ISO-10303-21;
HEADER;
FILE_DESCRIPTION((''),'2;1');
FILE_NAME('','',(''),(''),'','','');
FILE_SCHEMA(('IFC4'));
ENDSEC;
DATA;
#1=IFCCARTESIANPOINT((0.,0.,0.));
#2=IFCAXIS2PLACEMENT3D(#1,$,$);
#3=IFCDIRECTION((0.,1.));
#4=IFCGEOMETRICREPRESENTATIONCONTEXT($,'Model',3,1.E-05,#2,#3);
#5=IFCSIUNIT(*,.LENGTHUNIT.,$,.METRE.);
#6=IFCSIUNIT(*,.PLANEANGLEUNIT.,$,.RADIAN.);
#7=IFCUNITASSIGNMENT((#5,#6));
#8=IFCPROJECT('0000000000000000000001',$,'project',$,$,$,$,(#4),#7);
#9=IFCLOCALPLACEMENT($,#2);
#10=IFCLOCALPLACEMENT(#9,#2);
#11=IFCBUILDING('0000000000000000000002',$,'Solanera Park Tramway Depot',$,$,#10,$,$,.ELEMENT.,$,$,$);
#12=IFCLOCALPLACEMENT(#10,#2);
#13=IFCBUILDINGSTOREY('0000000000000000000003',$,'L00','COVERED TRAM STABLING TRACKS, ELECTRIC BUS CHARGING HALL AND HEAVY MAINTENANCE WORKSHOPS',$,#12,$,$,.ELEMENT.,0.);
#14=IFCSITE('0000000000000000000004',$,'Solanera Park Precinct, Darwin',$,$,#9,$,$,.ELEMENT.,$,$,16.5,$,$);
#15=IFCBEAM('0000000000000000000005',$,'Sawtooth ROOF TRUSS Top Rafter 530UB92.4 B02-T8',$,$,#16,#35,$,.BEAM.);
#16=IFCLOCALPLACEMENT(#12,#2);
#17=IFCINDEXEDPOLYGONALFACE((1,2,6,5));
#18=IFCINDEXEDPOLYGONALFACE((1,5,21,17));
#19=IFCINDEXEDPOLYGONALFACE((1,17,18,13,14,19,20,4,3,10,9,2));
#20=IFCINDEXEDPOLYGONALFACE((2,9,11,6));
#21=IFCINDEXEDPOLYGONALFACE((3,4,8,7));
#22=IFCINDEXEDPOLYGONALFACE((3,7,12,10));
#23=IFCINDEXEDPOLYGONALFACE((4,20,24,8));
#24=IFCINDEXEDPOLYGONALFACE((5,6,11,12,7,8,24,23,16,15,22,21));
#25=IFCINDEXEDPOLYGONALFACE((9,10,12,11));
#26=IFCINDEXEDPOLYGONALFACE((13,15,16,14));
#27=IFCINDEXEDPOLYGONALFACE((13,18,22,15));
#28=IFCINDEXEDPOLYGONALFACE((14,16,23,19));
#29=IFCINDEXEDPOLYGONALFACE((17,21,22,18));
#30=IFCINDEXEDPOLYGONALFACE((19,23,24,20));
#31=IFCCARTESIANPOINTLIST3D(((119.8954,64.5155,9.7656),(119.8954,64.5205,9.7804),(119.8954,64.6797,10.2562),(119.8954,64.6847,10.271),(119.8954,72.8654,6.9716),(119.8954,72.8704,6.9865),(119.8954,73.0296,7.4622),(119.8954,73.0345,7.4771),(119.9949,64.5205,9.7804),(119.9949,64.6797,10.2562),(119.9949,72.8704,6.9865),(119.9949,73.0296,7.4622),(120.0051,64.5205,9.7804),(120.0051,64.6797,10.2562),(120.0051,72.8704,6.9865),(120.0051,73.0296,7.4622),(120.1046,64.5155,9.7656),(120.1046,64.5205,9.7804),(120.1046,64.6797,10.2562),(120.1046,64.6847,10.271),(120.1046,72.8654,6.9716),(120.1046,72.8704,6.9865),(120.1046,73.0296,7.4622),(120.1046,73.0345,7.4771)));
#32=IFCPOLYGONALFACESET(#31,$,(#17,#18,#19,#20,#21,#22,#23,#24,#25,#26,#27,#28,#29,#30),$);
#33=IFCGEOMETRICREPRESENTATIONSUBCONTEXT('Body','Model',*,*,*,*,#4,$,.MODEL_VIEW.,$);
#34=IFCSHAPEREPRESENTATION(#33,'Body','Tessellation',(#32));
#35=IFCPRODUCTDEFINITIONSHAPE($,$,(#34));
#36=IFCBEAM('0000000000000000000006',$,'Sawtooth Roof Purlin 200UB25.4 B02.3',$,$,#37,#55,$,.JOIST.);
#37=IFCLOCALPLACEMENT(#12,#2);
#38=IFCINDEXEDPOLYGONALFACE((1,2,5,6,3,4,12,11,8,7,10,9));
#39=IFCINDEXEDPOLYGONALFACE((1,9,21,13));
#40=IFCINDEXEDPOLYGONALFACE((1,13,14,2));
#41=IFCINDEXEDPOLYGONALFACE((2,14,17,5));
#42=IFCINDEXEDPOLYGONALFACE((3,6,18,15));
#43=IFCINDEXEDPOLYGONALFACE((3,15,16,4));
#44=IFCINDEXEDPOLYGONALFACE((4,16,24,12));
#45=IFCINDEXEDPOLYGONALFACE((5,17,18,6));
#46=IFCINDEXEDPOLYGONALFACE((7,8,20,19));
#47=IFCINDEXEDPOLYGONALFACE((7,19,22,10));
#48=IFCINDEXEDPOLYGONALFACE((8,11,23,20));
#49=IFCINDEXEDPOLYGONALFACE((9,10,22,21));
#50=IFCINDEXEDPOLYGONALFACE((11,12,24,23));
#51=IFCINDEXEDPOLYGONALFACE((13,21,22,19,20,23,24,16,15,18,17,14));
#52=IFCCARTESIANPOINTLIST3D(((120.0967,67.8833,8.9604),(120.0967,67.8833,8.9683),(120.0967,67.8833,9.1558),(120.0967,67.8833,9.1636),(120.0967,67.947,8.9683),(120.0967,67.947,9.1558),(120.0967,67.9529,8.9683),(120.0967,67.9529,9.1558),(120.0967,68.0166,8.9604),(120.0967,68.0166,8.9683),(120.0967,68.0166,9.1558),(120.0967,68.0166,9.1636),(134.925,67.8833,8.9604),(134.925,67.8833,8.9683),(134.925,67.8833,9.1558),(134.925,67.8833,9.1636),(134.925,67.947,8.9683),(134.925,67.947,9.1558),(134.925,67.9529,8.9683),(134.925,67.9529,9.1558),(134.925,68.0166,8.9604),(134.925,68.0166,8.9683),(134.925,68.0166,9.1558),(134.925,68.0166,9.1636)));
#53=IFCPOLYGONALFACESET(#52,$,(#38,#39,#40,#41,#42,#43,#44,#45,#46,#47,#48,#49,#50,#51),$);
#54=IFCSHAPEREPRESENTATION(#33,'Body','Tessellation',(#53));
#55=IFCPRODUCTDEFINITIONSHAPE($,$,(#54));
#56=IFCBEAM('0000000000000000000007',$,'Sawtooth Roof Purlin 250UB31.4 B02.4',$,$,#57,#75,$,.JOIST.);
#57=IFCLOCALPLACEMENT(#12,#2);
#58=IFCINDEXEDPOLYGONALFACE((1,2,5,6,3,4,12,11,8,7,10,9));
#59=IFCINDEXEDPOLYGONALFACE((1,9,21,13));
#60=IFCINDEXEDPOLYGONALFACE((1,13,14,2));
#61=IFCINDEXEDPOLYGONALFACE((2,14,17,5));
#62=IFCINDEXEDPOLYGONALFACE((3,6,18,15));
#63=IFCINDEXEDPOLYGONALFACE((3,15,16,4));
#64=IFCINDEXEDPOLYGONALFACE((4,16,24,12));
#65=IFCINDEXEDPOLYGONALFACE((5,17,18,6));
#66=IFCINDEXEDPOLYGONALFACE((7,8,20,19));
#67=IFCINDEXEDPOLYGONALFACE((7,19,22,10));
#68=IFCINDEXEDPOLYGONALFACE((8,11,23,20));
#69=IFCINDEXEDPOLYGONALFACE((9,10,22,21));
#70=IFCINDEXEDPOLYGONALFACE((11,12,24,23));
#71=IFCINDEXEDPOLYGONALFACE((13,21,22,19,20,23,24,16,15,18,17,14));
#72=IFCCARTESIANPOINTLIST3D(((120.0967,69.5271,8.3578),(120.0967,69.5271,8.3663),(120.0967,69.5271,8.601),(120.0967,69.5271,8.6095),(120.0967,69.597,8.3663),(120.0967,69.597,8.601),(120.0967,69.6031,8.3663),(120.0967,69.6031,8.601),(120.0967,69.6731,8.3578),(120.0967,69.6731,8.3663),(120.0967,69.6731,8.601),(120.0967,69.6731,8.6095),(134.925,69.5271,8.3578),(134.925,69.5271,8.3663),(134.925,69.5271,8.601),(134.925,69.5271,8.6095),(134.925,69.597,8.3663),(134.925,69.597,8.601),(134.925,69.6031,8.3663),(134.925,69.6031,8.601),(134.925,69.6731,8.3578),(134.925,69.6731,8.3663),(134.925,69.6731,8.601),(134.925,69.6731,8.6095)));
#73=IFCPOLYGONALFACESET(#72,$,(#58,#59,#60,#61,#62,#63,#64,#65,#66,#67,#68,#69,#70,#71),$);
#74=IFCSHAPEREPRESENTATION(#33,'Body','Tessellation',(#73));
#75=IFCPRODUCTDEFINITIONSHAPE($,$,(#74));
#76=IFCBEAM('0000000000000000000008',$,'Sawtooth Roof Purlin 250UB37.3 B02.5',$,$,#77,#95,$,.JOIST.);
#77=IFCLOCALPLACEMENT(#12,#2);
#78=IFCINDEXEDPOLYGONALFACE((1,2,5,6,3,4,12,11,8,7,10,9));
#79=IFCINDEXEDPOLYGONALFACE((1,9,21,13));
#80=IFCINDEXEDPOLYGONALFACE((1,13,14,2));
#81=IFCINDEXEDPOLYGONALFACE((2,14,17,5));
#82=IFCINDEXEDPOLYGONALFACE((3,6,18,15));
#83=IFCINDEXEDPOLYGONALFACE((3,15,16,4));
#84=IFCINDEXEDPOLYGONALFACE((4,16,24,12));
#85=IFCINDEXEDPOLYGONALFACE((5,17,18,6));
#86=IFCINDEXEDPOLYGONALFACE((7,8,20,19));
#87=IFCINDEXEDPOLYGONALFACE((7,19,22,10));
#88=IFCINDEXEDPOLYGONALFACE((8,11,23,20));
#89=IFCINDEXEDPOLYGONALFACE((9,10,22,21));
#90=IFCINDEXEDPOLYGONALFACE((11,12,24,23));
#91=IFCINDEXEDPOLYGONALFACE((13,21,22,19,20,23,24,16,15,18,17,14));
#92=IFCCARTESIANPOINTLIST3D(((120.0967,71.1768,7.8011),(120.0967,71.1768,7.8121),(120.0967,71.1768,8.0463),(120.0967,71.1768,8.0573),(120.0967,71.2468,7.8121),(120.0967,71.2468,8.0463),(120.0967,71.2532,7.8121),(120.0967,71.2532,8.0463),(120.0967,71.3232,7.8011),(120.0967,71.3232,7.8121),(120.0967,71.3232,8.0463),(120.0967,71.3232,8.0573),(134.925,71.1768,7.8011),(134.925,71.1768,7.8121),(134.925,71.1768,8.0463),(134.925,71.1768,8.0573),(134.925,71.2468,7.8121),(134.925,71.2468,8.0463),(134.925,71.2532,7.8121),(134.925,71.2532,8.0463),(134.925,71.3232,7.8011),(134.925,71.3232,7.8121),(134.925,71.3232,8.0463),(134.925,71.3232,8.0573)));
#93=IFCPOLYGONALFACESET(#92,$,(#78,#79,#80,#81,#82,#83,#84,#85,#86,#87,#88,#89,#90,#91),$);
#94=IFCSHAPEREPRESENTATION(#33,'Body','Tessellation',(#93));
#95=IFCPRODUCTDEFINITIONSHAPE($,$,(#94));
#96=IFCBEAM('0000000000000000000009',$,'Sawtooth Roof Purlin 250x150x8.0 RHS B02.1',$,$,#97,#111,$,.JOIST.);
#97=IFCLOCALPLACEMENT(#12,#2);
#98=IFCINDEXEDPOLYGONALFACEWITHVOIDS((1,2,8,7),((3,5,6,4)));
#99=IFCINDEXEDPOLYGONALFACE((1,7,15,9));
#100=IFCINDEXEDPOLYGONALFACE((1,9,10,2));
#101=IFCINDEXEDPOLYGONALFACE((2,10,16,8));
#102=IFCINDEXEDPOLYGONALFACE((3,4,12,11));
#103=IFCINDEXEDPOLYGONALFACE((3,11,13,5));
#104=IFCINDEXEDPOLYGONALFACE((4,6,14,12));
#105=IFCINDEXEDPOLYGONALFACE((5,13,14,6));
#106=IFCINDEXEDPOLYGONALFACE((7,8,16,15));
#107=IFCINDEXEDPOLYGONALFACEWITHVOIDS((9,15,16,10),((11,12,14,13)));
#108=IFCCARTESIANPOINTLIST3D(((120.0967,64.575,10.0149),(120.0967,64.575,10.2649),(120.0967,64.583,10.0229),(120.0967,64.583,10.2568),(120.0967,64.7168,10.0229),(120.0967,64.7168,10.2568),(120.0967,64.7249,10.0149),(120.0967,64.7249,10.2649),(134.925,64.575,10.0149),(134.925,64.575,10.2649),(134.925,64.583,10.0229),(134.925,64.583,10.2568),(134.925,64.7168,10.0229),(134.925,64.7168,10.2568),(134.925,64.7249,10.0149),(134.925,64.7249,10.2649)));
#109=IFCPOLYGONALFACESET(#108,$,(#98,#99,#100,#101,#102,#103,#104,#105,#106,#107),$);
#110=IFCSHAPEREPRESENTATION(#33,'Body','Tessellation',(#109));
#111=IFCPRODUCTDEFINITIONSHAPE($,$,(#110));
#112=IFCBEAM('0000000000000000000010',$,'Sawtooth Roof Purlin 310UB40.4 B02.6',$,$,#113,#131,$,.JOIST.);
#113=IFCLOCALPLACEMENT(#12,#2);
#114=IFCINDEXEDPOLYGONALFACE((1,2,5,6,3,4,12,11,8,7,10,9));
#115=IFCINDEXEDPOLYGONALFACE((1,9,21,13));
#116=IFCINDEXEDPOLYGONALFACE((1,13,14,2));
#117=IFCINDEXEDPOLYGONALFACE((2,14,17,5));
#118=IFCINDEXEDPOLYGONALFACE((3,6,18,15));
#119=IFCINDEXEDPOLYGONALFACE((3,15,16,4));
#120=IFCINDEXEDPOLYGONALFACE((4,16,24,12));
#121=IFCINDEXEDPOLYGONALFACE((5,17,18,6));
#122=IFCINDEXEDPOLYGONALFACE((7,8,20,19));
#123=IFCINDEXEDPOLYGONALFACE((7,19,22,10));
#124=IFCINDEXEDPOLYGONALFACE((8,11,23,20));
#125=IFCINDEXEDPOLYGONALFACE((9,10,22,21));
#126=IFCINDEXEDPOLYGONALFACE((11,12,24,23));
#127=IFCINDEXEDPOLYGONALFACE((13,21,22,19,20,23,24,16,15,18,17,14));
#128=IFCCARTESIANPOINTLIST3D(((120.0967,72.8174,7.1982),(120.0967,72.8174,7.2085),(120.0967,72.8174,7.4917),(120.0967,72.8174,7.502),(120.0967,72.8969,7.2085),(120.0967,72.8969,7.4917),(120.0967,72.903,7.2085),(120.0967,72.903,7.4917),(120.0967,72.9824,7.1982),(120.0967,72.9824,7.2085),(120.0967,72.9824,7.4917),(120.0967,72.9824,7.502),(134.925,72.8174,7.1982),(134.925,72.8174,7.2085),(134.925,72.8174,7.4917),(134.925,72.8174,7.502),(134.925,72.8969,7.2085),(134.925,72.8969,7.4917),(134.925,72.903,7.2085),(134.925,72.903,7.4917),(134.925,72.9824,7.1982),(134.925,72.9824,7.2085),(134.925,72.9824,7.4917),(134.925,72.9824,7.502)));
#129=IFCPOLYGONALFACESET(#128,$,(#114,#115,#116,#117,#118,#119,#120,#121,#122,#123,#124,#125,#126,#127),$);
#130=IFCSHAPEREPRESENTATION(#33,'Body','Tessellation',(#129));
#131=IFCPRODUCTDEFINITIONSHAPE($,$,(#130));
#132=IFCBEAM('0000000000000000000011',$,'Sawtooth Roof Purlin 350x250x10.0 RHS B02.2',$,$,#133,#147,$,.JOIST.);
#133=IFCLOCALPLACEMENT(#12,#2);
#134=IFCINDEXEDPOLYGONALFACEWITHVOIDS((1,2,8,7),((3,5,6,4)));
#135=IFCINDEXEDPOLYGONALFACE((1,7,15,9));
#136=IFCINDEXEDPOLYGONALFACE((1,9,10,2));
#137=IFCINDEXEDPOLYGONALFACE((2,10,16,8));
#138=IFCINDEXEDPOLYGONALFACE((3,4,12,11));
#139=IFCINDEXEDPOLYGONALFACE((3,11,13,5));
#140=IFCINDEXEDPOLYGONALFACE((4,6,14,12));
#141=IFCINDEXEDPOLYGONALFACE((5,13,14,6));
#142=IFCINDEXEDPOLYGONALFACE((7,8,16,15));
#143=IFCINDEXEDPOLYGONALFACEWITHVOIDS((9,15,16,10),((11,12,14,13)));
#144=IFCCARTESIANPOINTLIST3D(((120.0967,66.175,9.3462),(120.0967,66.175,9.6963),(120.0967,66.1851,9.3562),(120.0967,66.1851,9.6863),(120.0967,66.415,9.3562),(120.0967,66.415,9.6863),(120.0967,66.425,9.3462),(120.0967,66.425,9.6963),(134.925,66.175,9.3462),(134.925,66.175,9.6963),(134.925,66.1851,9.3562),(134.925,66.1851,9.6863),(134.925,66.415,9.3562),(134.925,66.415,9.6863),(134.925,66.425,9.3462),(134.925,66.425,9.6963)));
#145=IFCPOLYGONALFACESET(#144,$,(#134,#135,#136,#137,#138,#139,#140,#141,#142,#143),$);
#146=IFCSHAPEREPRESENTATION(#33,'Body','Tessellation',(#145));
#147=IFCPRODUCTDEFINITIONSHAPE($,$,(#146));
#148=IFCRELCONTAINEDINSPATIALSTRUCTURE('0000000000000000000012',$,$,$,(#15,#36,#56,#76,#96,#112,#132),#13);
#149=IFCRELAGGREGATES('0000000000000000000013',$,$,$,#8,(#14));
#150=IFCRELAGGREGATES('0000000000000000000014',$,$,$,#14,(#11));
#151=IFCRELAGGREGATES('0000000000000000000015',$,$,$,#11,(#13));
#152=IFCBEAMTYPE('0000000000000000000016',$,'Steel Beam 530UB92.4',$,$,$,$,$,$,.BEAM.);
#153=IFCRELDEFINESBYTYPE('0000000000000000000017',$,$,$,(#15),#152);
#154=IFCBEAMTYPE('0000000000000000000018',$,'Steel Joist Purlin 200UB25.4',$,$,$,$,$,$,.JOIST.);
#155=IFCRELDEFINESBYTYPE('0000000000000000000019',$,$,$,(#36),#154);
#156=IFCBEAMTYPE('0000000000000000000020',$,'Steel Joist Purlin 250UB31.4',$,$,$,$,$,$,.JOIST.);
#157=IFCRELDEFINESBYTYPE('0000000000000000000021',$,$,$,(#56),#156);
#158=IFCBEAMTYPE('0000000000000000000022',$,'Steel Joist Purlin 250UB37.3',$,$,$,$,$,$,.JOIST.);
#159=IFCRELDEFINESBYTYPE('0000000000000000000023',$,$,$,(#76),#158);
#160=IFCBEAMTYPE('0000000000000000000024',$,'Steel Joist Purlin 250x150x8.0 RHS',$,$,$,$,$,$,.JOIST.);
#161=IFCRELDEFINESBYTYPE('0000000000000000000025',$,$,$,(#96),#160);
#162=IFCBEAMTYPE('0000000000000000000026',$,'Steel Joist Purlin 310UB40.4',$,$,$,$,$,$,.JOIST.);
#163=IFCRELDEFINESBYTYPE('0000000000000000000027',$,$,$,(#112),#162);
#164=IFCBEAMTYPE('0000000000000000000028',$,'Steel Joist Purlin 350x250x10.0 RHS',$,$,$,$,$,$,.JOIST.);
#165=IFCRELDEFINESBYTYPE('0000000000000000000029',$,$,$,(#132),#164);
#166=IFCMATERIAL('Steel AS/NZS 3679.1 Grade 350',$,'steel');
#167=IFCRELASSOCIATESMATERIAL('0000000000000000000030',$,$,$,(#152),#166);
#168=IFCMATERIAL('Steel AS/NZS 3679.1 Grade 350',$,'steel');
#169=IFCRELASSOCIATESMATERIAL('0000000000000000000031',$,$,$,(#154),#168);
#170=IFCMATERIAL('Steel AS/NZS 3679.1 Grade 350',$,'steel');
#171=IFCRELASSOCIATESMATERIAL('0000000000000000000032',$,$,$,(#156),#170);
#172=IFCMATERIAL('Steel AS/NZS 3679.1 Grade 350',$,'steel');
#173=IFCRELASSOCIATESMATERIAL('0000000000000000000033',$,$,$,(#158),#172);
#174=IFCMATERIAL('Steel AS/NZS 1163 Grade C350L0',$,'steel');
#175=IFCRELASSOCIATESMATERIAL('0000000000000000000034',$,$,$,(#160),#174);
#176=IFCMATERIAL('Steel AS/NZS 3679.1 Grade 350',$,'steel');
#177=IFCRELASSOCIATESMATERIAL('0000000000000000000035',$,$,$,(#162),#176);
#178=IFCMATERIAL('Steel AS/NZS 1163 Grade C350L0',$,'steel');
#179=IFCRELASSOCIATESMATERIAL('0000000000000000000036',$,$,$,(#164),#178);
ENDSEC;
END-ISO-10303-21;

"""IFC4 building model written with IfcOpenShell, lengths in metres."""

from ifc_helpers import new_model, si_unit, direction, frame, origin, origin_2d, place, context, subcontext, project, spatial, hollow_rectangle, i_section, extrude, material, material_profile, profile_set, type_object, element, save


model = new_model("IFC4")

# Units and contexts
model_context = context("Model", 3, precision=1e-05, world=origin(), true_north=direction((0.0, 1.0)))
body_context = subcontext(model_context, "Body", "Model", "MODEL_VIEW")
ifc_project = project(units=[si_unit("LENGTHUNIT", "METRE"), si_unit("PLANEANGLEUNIT", "RADIAN")], contexts=[model_context])

# Site, building, storey
site_placement = place(None, origin())
site = spatial("IfcSite", under=ifc_project, at=site_placement, Name="Solanera Park Precinct, Darwin", CompositionType="ELEMENT", RefElevation=16.5)
building_placement = place(site_placement, origin())
building = spatial("IfcBuilding", under=site, at=building_placement, Name="Solanera Park Tramway Depot", CompositionType="ELEMENT")
storey_placement = place(building_placement, origin())
storey = spatial("IfcBuildingStorey", under=building, at=storey_placement, Name="L00", Description="COVERED TRAM STABLING TRACKS, ELECTRIC BUS CHARGING HALL AND HEAVY MAINTENANCE WORKSHOPS", CompositionType="ELEMENT", Elevation=0.0)

# Beams
ifc_material_1 = material(Name="Steel AS/NZS 3679.1 Grade 350", Category="steel")
ifc_material_profile_1 = material_profile(ifc_material_1, i_section(OverallWidth=0.2092, OverallDepth=0.533, WebThickness=0.0103, FlangeThickness=0.0156, at=origin_2d()), Name="530UB92.4")
ifc_profile_set_1 = profile_set([ifc_material_profile_1], Name="Steel AS/NZS 3679.1 Grade 350")
beam_type_1 = type_object("IfcBeamType", Name="Steel Beam 530UB92.4", PredefinedType="BEAM", material=ifc_profile_set_1)
beam_1_placement = place(storey_placement, frame((120.0, 64.6001, 10.0183), z_axis=(0.0, 0.948319, -0.317317), x_axis=(-1.0, 0.0, 0.0)))
element("IfcBeam", 1, at=beam_1_placement, inside=storey, type_object=beam_type_1, Name="Sawtooth ROOF TRUSS Top Rafter 530UB92.4 B02-T8", PredefinedType="BEAM", context=body_context, shape_type="SweptSolid", body=[
    extrude(i_section(OverallWidth=0.2092, OverallDepth=0.533, WebThickness=0.0103, FlangeThickness=0.0156, at=origin_2d()), origin(), (0.0, 0.0, 1.0), 8.8049),
])
ifc_material_2 = material(Name="Steel AS/NZS 3679.1 Grade 350", Category="steel")
ifc_material_profile_2 = material_profile(ifc_material_2, i_section(OverallWidth=0.1333, OverallDepth=0.2031, WebThickness=0.0059, FlangeThickness=0.0078, at=origin_2d()), Name="200UB25.4")
ifc_profile_set_2 = profile_set([ifc_material_profile_2], Name="Steel AS/NZS 3679.1 Grade 350")
beam_type_2 = type_object("IfcBeamType", Name="Steel Joist Purlin 200UB25.4", PredefinedType="JOIST", material=ifc_profile_set_2)
beam_2_placement = place(storey_placement, frame((120.0967, 67.95, 9.062), z_axis=(1.0, 0.0, 0.0), x_axis=(0.0, 1.0, 0.0)))
element("IfcBeam", 2, at=beam_2_placement, inside=storey, type_object=beam_type_2, Name="Sawtooth Roof Purlin 200UB25.4 B02.3", PredefinedType="JOIST", context=body_context, shape_type="SweptSolid", body=[
    extrude(i_section(OverallWidth=0.1333, OverallDepth=0.2031, WebThickness=0.0059, FlangeThickness=0.0078, at=origin_2d()), origin(), (0.0, 0.0, 1.0), 14.8284),
])
ifc_material_3 = material(Name="Steel AS/NZS 3679.1 Grade 350", Category="steel")
ifc_material_profile_3 = material_profile(ifc_material_3, i_section(OverallWidth=0.146, OverallDepth=0.2517, WebThickness=0.0061, FlangeThickness=0.0085, at=origin_2d()), Name="250UB31.4")
ifc_profile_set_3 = profile_set([ifc_material_profile_3], Name="Steel AS/NZS 3679.1 Grade 350")
beam_type_3 = type_object("IfcBeamType", Name="Steel Joist Purlin 250UB31.4", PredefinedType="JOIST", material=ifc_profile_set_3)
beam_3_placement = place(storey_placement, frame((120.0967, 69.6001, 8.4836), z_axis=(1.0, 0.0, 0.0), x_axis=(0.0, 1.0, 0.0)))
element("IfcBeam", 3, at=beam_3_placement, inside=storey, type_object=beam_type_3, Name="Sawtooth Roof Purlin 250UB31.4 B02.4", PredefinedType="JOIST", context=body_context, shape_type="SweptSolid", body=[
    extrude(i_section(OverallWidth=0.146, OverallDepth=0.2517, WebThickness=0.0061, FlangeThickness=0.0085, at=origin_2d()), origin(), (0.0, 0.0, 1.0), 14.8284),
])
ifc_material_4 = material(Name="Steel AS/NZS 3679.1 Grade 350", Category="steel")
ifc_material_profile_4 = material_profile(ifc_material_4, i_section(OverallWidth=0.1465, OverallDepth=0.2561, WebThickness=0.0063, FlangeThickness=0.011, at=origin_2d()), Name="250UB37.3")
ifc_profile_set_4 = profile_set([ifc_material_profile_4], Name="Steel AS/NZS 3679.1 Grade 350")
beam_type_4 = type_object("IfcBeamType", Name="Steel Joist Purlin 250UB37.3", PredefinedType="JOIST", material=ifc_profile_set_4)
beam_4_placement = place(storey_placement, frame((120.0967, 71.25, 7.9292), z_axis=(1.0, 0.0, 0.0), x_axis=(0.0, 1.0, 0.0)))
element("IfcBeam", 4, at=beam_4_placement, inside=storey, type_object=beam_type_4, Name="Sawtooth Roof Purlin 250UB37.3 B02.5", PredefinedType="JOIST", context=body_context, shape_type="SweptSolid", body=[
    extrude(i_section(OverallWidth=0.1465, OverallDepth=0.2561, WebThickness=0.0063, FlangeThickness=0.011, at=origin_2d()), origin(), (0.0, 0.0, 1.0), 14.8284),
])
ifc_material_5 = material(Name="Steel AS/NZS 1163 Grade C350L0", Category="steel")
ifc_material_profile_5 = material_profile(ifc_material_5, hollow_rectangle(XDim=0.1499, YDim=0.25, WallThickness=0.0081, at=origin_2d()), Name="250x150x8.0 RHS")
ifc_profile_set_5 = profile_set([ifc_material_profile_5], Name="Steel AS/NZS 1163 Grade C350L0")
beam_type_5 = type_object("IfcBeamType", Name="Steel Joist Purlin 250x150x8.0 RHS", PredefinedType="JOIST", material=ifc_profile_set_5)
beam_5_placement = place(storey_placement, frame((120.0967, 64.6499, 10.1399), z_axis=(1.0, 0.0, 0.0), x_axis=(0.0, 1.0, 0.0)))
element("IfcBeam", 5, at=beam_5_placement, inside=storey, type_object=beam_type_5, Name="Sawtooth Roof Purlin 250x150x8.0 RHS B02.1", PredefinedType="JOIST", context=body_context, shape_type="SweptSolid", body=[
    extrude(hollow_rectangle(XDim=0.1499, YDim=0.25, WallThickness=0.0081, at=origin_2d()), origin(), (0.0, 0.0, 1.0), 14.8284),
])
ifc_material_6 = material(Name="Steel AS/NZS 3679.1 Grade 350", Category="steel")
ifc_material_profile_6 = material_profile(ifc_material_6, i_section(OverallWidth=0.165, OverallDepth=0.3037, WebThickness=0.0061, FlangeThickness=0.0103, at=origin_2d()), Name="310UB40.4")
ifc_profile_set_6 = profile_set([ifc_material_profile_6], Name="Steel AS/NZS 3679.1 Grade 350")
beam_type_6 = type_object("IfcBeamType", Name="Steel Joist Purlin 310UB40.4", PredefinedType="JOIST", material=ifc_profile_set_6)
beam_6_placement = place(storey_placement, frame((120.0967, 72.8999, 7.3501), z_axis=(1.0, 0.0, 0.0), x_axis=(0.0, 1.0, 0.0)))
element("IfcBeam", 6, at=beam_6_placement, inside=storey, type_object=beam_type_6, Name="Sawtooth Roof Purlin 310UB40.4 B02.6", PredefinedType="JOIST", context=body_context, shape_type="SweptSolid", body=[
    extrude(i_section(OverallWidth=0.165, OverallDepth=0.3037, WebThickness=0.0061, FlangeThickness=0.0103, at=origin_2d()), origin(), (0.0, 0.0, 1.0), 14.8284),
])
ifc_material_7 = material(Name="Steel AS/NZS 1163 Grade C350L0", Category="steel")
ifc_material_profile_7 = material_profile(ifc_material_7, hollow_rectangle(XDim=0.25, YDim=0.3501, WallThickness=0.01, at=origin_2d()), Name="350x250x10.0 RHS")
ifc_profile_set_7 = profile_set([ifc_material_profile_7], Name="Steel AS/NZS 1163 Grade C350L0")
beam_type_7 = type_object("IfcBeamType", Name="Steel Joist Purlin 350x250x10.0 RHS", PredefinedType="JOIST", material=ifc_profile_set_7)
beam_7_placement = place(storey_placement, frame((120.0967, 66.3, 9.5212), z_axis=(1.0, 0.0, 0.0), x_axis=(0.0, 1.0, 0.0)))
element("IfcBeam", 7, at=beam_7_placement, inside=storey, type_object=beam_type_7, Name="Sawtooth Roof Purlin 350x250x10.0 RHS B02.2", PredefinedType="JOIST", context=body_context, shape_type="SweptSolid", body=[
    extrude(hollow_rectangle(XDim=0.25, YDim=0.3501, WallThickness=0.01, at=origin_2d()), origin(), (0.0, 0.0, 1.0), 14.8284),
])

save(model, "model.ifc")
